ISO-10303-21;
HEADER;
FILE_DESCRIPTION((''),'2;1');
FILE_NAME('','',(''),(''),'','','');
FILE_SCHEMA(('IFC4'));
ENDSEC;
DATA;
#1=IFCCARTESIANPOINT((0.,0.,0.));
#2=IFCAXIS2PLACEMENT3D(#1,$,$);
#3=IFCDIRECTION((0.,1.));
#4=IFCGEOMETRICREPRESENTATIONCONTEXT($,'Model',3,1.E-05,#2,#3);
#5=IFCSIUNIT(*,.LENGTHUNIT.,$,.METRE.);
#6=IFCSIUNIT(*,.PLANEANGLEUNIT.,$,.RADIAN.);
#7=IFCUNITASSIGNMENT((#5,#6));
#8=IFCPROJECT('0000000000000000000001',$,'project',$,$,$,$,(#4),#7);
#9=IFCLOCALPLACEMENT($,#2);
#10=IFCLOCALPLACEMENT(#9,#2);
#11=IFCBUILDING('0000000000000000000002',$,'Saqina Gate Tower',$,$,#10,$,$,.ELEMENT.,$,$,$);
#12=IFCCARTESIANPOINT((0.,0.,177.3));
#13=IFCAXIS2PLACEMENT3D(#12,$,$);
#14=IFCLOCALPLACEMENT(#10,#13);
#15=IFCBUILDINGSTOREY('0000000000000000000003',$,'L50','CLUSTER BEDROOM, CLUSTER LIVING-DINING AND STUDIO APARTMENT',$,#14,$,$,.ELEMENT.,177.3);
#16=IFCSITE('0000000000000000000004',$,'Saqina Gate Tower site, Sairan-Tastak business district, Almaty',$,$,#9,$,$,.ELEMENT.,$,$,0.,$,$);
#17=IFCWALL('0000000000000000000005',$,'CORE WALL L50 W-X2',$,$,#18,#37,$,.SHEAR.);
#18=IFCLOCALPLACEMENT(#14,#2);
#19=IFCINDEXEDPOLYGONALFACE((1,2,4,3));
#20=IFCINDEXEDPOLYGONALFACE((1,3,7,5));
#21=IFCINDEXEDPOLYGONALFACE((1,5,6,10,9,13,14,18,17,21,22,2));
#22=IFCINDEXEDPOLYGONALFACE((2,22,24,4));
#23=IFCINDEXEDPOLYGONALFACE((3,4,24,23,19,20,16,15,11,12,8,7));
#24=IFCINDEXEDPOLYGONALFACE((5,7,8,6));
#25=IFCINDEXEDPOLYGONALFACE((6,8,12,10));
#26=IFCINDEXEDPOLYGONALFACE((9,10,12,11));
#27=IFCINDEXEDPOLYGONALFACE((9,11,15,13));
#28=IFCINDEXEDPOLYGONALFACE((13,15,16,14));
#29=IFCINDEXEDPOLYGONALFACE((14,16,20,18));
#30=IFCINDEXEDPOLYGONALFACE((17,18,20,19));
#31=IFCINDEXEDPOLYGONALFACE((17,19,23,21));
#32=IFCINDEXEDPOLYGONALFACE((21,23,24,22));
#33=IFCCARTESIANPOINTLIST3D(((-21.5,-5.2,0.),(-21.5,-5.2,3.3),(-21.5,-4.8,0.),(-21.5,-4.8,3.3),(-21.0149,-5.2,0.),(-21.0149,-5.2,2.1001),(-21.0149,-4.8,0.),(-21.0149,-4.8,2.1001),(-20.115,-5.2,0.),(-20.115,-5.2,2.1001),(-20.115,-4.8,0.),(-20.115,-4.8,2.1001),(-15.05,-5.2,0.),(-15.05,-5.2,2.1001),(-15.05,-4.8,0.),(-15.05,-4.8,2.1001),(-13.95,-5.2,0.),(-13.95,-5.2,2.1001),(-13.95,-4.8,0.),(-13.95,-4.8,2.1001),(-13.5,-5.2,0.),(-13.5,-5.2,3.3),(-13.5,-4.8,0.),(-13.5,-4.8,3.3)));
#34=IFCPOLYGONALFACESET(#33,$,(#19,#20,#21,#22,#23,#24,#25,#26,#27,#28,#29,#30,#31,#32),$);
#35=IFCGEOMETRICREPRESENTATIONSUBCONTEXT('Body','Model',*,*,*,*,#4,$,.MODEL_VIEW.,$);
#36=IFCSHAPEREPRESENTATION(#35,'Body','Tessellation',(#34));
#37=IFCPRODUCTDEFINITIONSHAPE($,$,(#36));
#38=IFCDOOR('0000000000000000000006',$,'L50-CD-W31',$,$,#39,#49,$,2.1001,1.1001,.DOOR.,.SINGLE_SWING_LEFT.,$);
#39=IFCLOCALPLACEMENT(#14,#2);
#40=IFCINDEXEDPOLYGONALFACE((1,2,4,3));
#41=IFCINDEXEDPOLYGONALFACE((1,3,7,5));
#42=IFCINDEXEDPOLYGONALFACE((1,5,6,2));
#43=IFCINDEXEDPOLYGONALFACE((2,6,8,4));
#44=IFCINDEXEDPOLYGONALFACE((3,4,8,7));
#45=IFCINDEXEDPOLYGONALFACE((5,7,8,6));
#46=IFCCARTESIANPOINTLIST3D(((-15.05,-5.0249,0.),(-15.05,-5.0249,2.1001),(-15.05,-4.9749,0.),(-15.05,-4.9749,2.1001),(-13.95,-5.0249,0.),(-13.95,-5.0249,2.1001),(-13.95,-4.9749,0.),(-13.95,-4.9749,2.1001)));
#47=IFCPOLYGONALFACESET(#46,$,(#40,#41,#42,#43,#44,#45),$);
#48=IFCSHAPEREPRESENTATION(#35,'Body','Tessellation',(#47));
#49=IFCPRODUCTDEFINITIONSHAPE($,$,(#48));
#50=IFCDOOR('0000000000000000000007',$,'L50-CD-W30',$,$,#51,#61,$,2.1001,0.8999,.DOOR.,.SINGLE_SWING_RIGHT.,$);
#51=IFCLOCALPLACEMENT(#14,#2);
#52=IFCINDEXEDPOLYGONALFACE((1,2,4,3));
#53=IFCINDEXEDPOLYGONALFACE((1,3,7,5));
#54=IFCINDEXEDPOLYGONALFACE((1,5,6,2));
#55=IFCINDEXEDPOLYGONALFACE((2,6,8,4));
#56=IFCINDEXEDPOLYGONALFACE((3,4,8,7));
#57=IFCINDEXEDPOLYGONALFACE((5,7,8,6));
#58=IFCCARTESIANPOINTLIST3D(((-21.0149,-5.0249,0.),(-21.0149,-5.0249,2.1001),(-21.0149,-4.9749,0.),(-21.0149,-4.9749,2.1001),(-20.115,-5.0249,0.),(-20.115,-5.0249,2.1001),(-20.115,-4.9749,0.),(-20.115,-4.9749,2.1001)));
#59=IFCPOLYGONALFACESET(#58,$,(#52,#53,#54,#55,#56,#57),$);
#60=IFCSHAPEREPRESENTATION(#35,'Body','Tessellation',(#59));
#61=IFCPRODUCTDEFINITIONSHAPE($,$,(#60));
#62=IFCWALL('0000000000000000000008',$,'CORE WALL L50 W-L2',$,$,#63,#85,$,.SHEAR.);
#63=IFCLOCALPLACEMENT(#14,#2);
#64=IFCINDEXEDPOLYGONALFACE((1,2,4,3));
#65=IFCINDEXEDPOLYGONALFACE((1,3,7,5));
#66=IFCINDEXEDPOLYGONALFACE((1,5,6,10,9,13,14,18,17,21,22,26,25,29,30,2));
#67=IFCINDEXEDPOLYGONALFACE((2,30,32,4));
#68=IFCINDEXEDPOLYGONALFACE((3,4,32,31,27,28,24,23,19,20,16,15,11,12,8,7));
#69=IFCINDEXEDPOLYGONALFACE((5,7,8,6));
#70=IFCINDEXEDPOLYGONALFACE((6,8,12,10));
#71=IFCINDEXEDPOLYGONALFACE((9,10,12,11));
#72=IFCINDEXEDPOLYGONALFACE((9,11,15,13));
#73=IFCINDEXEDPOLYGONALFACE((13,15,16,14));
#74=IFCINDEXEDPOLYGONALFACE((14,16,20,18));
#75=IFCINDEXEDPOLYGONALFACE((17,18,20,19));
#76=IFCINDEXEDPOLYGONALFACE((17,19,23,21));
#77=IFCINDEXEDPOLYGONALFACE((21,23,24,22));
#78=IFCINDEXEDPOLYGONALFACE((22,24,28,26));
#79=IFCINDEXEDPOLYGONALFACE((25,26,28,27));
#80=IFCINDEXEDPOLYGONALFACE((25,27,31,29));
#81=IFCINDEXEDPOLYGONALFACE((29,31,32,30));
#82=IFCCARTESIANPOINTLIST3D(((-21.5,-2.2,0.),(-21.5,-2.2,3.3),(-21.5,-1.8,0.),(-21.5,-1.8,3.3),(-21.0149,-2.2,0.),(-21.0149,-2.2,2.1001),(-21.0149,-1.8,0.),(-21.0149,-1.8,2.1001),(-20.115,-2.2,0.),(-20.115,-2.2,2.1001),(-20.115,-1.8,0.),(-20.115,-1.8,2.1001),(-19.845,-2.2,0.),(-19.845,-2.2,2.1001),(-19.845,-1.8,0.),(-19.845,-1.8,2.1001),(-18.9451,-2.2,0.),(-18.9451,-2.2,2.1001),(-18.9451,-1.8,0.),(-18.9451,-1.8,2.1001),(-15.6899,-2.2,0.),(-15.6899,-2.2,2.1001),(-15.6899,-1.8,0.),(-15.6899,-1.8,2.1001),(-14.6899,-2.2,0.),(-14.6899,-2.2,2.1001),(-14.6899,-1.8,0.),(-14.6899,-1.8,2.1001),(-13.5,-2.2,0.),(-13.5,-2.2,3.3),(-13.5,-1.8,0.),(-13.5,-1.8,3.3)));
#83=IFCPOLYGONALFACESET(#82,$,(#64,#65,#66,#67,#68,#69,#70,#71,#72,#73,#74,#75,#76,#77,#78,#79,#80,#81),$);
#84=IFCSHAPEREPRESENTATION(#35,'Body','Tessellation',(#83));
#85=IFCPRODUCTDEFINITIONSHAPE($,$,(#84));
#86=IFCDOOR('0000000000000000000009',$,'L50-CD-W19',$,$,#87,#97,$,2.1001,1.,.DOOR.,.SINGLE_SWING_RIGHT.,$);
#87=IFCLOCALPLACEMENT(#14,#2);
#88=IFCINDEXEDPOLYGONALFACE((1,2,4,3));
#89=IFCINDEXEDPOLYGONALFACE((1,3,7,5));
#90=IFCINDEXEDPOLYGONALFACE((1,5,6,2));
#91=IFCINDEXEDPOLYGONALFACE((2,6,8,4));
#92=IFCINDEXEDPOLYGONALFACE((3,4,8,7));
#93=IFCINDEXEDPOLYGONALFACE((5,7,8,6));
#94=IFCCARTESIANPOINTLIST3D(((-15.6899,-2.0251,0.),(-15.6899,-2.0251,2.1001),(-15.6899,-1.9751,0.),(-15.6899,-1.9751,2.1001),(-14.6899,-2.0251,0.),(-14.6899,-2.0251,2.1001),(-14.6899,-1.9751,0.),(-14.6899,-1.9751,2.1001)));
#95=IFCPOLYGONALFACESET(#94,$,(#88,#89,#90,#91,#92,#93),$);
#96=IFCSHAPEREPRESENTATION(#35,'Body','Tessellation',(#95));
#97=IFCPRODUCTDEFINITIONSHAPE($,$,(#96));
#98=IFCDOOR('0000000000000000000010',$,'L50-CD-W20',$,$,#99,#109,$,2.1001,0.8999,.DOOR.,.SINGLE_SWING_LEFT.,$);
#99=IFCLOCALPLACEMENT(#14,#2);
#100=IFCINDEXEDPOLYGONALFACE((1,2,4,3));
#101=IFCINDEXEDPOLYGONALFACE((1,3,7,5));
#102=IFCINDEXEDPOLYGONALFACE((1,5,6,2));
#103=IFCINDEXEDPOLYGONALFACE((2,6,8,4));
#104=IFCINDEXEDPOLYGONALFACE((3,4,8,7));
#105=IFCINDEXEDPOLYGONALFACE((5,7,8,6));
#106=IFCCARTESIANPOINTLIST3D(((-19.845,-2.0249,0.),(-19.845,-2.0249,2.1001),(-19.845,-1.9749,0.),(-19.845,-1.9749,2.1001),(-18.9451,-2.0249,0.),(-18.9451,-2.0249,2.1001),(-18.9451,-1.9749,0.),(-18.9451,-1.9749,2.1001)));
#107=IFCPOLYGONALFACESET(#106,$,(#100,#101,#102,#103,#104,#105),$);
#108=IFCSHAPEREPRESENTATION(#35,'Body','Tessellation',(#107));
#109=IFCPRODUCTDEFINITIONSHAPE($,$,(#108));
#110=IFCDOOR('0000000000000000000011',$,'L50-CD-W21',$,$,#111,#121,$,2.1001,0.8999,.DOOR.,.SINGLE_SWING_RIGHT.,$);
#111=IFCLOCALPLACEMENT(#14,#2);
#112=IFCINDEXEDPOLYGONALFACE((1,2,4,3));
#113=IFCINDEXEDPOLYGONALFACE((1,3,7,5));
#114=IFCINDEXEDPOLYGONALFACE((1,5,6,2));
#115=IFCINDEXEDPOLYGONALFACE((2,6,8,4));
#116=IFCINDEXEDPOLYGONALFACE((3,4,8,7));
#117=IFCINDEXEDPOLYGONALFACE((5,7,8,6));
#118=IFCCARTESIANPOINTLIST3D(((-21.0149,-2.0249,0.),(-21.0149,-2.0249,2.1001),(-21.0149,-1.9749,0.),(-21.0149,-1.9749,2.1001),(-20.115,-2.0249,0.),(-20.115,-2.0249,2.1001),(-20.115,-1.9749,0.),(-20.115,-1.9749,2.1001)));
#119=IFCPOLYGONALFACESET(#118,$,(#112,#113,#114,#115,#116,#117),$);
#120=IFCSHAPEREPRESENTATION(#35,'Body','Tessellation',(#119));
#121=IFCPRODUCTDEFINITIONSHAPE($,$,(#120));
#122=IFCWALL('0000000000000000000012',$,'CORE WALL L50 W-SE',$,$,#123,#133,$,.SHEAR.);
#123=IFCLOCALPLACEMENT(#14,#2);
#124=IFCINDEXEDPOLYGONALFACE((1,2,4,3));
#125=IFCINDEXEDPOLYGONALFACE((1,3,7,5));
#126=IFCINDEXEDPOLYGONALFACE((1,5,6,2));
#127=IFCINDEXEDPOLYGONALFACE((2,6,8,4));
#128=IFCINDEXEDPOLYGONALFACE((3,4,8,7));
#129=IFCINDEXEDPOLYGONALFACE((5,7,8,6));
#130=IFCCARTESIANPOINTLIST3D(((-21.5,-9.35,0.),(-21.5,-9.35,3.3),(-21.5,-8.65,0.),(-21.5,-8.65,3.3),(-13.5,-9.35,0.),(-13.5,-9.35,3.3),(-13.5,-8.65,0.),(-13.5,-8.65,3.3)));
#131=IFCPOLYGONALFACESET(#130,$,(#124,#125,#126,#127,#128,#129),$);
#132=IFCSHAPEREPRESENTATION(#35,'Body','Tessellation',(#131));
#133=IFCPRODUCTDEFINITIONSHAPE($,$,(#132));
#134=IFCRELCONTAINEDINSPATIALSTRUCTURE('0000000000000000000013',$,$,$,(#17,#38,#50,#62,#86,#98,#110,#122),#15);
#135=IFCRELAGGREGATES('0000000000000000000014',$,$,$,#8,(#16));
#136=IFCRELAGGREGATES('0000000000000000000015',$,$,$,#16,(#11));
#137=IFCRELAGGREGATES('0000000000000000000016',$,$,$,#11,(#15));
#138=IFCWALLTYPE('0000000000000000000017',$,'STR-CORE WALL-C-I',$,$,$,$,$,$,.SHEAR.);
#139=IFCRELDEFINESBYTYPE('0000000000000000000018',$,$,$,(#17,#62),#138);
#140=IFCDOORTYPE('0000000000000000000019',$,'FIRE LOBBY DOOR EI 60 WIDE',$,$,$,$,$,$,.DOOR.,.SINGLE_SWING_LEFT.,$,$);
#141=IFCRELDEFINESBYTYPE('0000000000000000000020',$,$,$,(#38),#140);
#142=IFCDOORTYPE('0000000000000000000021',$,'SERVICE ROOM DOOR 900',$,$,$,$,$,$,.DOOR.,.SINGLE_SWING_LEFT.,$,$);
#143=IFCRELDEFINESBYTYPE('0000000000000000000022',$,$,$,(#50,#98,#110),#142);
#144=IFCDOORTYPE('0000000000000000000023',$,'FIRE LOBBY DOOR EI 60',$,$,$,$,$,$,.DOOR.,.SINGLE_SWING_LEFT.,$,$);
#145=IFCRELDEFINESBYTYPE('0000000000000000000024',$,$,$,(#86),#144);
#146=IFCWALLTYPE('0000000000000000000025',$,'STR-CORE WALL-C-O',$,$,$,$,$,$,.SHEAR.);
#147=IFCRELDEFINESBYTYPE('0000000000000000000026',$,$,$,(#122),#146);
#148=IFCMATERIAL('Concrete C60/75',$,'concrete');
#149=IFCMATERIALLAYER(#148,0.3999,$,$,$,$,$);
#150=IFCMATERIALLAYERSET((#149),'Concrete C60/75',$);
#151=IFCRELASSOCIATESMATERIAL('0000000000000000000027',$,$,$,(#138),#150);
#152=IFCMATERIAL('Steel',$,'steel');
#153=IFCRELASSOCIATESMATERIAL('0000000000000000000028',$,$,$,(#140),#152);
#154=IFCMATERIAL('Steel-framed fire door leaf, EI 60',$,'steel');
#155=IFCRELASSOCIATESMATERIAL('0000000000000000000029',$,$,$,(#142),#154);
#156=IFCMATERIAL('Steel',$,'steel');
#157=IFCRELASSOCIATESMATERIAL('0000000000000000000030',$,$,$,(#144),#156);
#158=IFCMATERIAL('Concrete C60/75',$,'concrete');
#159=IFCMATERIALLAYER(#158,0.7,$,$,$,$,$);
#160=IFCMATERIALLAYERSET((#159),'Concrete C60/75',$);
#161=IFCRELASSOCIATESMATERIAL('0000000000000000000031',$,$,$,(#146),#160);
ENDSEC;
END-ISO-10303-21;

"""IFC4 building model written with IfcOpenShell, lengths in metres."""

from ifc_helpers import new_model, si_unit, direction, frame, frame_2d, origin, place, context, subcontext, project, spatial, rectangle, extrude, material, layer, layer_set, type_object, element, fill, save


model = new_model("IFC4")

# Units and contexts
model_context = context("Model", 3, precision=1e-05, world=origin(), true_north=direction((0.0, 1.0)))
body_context = subcontext(model_context, "Body", "Model", "MODEL_VIEW")
ifc_project = project(units=[si_unit("LENGTHUNIT", "METRE"), si_unit("PLANEANGLEUNIT", "RADIAN")], contexts=[model_context])

# Site, building, storey
site_placement = place(None, origin())
site = spatial("IfcSite", under=ifc_project, at=site_placement, Name="Saqina Gate Tower site, Sairan-Tastak business district, Almaty", CompositionType="ELEMENT", RefElevation=0.0)
building_placement = place(site_placement, origin())
building = spatial("IfcBuilding", under=site, at=building_placement, Name="Saqina Gate Tower", CompositionType="ELEMENT")
storey_placement = place(building_placement, frame((0.0, 0.0, 177.3)))
storey = spatial("IfcBuildingStorey", under=building, at=storey_placement, Name="L50", Description="CLUSTER BEDROOM, CLUSTER LIVING-DINING AND STUDIO APARTMENT", CompositionType="ELEMENT", Elevation=177.3)

# Walls, openings, doors
ifc_material_1 = material(Name="Concrete C60/75", Category="concrete")
ifc_layer_1 = layer(ifc_material_1, 0.3999)
ifc_layer_set_1 = layer_set([ifc_layer_1], Name="Concrete C60/75")
wall_type_1 = type_object("IfcWallType", Name="STR-CORE WALL-C-I", PredefinedType="SHEAR", material=ifc_layer_set_1)
wall_1_placement = place(storey_placement, frame((-13.5, -5.0, 0.0), z_axis=(0.0, 0.0, 1.0), x_axis=(-1.0, 0.0, 0.0)))
wall_1 = element("IfcWall", 1, at=wall_1_placement, inside=storey, type_object=wall_type_1, Name="CORE WALL L50 W-X2", PredefinedType="SHEAR", context=body_context, shape_type="SweptSolid", body=[
    extrude(rectangle(XDim=8.0, YDim=0.3999, at=frame_2d((4.0, 0.0))), origin(), (0.0, 0.0, 1.0), 3.3),
])
opening_1_placement = place(wall_1_placement, frame((6.615, 0.0, 0.0)))
opening_1 = element("IfcOpeningElement", 2, at=opening_1_placement, cuts=wall_1, PredefinedType="OPENING", context=body_context, shape_type="SweptSolid", body=[
    extrude(rectangle(XDim=0.8999, YDim=2.1001, at=frame_2d((0.45, 1.05))), frame((0.0, 0.2119, 0.0), z_axis=(0.0, -1.0, 0.0), x_axis=(1.0, 0.0, 0.0)), (0.0, 0.0, 1.0), 0.4238),
])
opening_2_placement = place(wall_1_placement, frame((0.45, 0.0, 0.0)))
opening_2 = element("IfcOpeningElement", 3, at=opening_2_placement, cuts=wall_1, PredefinedType="OPENING", context=body_context, shape_type="SweptSolid", body=[
    extrude(rectangle(XDim=1.1001, YDim=2.1001, at=frame_2d((0.55, 1.05))), frame((0.0, 0.2119, 0.0), z_axis=(0.0, -1.0, 0.0), x_axis=(1.0, 0.0, 0.0)), (0.0, 0.0, 1.0), 0.4238),
])
ifc_material_2 = material(Name="Steel", Category="steel")
door_type_1 = type_object("IfcDoorType", Name="FIRE LOBBY DOOR EI 60 WIDE", OperationType="SINGLE_SWING_LEFT", PredefinedType="DOOR", material=ifc_material_2)
door_1_placement = place(opening_2_placement, origin())
door_1 = element("IfcDoor", 4, at=door_1_placement, inside=storey, type_object=door_type_1, Name="L50-CD-W31", OperationType="SINGLE_SWING_LEFT", OverallHeight=2.1001, OverallWidth=1.1001, PredefinedType="DOOR", context=body_context, shape_type="SweptSolid", body=[
    extrude(rectangle(XDim=1.1001, YDim=2.1001, at=frame_2d((0.55, 1.05))), frame((0.0, 0.0249, 0.0), z_axis=(0.0, -1.0, 0.0), x_axis=(1.0, 0.0, 0.0)), (0.0, 0.0, 1.0), 0.05),
])
fill(opening_2, door_1)
ifc_material_3 = material(Name="Steel-framed fire door leaf, EI 60", Category="steel")
door_type_2 = type_object("IfcDoorType", Name="SERVICE ROOM DOOR 900", OperationType="SINGLE_SWING_LEFT", PredefinedType="DOOR", material=ifc_material_3)
door_2_placement = place(opening_1_placement, origin())
door_2 = element("IfcDoor", 5, at=door_2_placement, inside=storey, type_object=door_type_2, Name="L50-CD-W30", OperationType="SINGLE_SWING_RIGHT", OverallHeight=2.1001, OverallWidth=0.8999, PredefinedType="DOOR", context=body_context, shape_type="SweptSolid", body=[
    extrude(rectangle(XDim=0.8999, YDim=2.1001, at=frame_2d((0.45, 1.05))), frame((0.0, 0.0249, 0.0), z_axis=(0.0, -1.0, 0.0), x_axis=(1.0, 0.0, 0.0)), (0.0, 0.0, 1.0), 0.05),
])
fill(opening_1, door_2)
wall_2_placement = place(storey_placement, frame((-13.5, -2.0, 0.0), z_axis=(0.0, 0.0, 1.0), x_axis=(-1.0, 0.0, 0.0)))
wall_2 = element("IfcWall", 6, at=wall_2_placement, inside=storey, type_object=wall_type_1, Name="CORE WALL L50 W-L2", PredefinedType="SHEAR", context=body_context, shape_type="SweptSolid", body=[
    extrude(rectangle(XDim=8.0, YDim=0.3999, at=frame_2d((4.0, 0.0))), origin(), (0.0, 0.0, 1.0), 3.3),
])
opening_3_placement = place(wall_2_placement, frame((1.1899, 0.0, 0.0)))
opening_3 = element("IfcOpeningElement", 7, at=opening_3_placement, cuts=wall_2, PredefinedType="OPENING", context=body_context, shape_type="SweptSolid", body=[
    extrude(rectangle(XDim=1.0, YDim=2.1001, at=frame_2d((0.5, 1.05))), frame((0.0, 0.2119, 0.0), z_axis=(0.0, -1.0, 0.0), x_axis=(1.0, 0.0, 0.0)), (0.0, 0.0, 1.0), 0.4238),
])
opening_4_placement = place(wall_2_placement, frame((5.4451, 0.0, 0.0)))
opening_4 = element("IfcOpeningElement", 8, at=opening_4_placement, cuts=wall_2, PredefinedType="OPENING", context=body_context, shape_type="SweptSolid", body=[
    extrude(rectangle(XDim=0.8999, YDim=2.1001, at=frame_2d((0.45, 1.05))), frame((0.0, 0.2119, 0.0), z_axis=(0.0, -1.0, 0.0), x_axis=(1.0, 0.0, 0.0)), (0.0, 0.0, 1.0), 0.4238),
])
opening_5_placement = place(wall_2_placement, frame((6.615, 0.0, 0.0)))
opening_5 = element("IfcOpeningElement", 9, at=opening_5_placement, cuts=wall_2, PredefinedType="OPENING", context=body_context, shape_type="SweptSolid", body=[
    extrude(rectangle(XDim=0.8999, YDim=2.1001, at=frame_2d((0.45, 1.05))), frame((0.0, 0.2119, 0.0), z_axis=(0.0, -1.0, 0.0), x_axis=(1.0, 0.0, 0.0)), (0.0, 0.0, 1.0), 0.4238),
])
ifc_material_4 = material(Name="Steel", Category="steel")
door_type_3 = type_object("IfcDoorType", Name="FIRE LOBBY DOOR EI 60", OperationType="SINGLE_SWING_LEFT", PredefinedType="DOOR", material=ifc_material_4)
door_3_placement = place(opening_3_placement, frame((1.0, 0.0, 0.0), z_axis=(0.0, 0.0, 1.0), x_axis=(-1.0, 0.0, 0.0)))
door_3 = element("IfcDoor", 10, at=door_3_placement, inside=storey, type_object=door_type_3, Name="L50-CD-W19", OperationType="SINGLE_SWING_RIGHT", OverallHeight=2.1001, OverallWidth=1.0, PredefinedType="DOOR", context=body_context, shape_type="SweptSolid", body=[
    extrude(rectangle(XDim=1.0, YDim=2.1001, at=frame_2d((0.5, 1.05))), frame((0.0, 0.0249, 0.0), z_axis=(0.0, -1.0, 0.0), x_axis=(1.0, 0.0, 0.0)), (0.0, 0.0, 1.0), 0.05),
])
fill(opening_3, door_3)
door_4_placement = place(opening_4_placement, origin())
door_4 = element("IfcDoor", 11, at=door_4_placement, inside=storey, type_object=door_type_2, Name="L50-CD-W20", OperationType="SINGLE_SWING_LEFT", OverallHeight=2.1001, OverallWidth=0.8999, PredefinedType="DOOR", context=body_context, shape_type="SweptSolid", body=[
    extrude(rectangle(XDim=0.8999, YDim=2.1001, at=frame_2d((0.45, 1.05))), frame((0.0, 0.0249, 0.0), z_axis=(0.0, -1.0, 0.0), x_axis=(1.0, 0.0, 0.0)), (0.0, 0.0, 1.0), 0.05),
])
fill(opening_4, door_4)
door_5_placement = place(opening_5_placement, origin())
door_5 = element("IfcDoor", 12, at=door_5_placement, inside=storey, type_object=door_type_2, Name="L50-CD-W21", OperationType="SINGLE_SWING_RIGHT", OverallHeight=2.1001, OverallWidth=0.8999, PredefinedType="DOOR", context=body_context, shape_type="SweptSolid", body=[
    extrude(rectangle(XDim=0.8999, YDim=2.1001, at=frame_2d((0.45, 1.05))), frame((0.0, 0.0249, 0.0), z_axis=(0.0, -1.0, 0.0), x_axis=(1.0, 0.0, 0.0)), (0.0, 0.0, 1.0), 0.05),
])
fill(opening_5, door_5)

# Wall
ifc_material_5 = material(Name="Concrete C60/75", Category="concrete")
ifc_layer_2 = layer(ifc_material_5, 0.7)
ifc_layer_set_2 = layer_set([ifc_layer_2], Name="Concrete C60/75")
wall_type_2 = type_object("IfcWallType", Name="STR-CORE WALL-C-O", PredefinedType="SHEAR", material=ifc_layer_set_2)
wall_3_placement = place(storey_placement, frame((-13.5, -9.0, 0.0), z_axis=(0.0, 0.0, 1.0), x_axis=(-1.0, 0.0, 0.0)))
element("IfcWall", 13, at=wall_3_placement, inside=storey, type_object=wall_type_2, Name="CORE WALL L50 W-SE", PredefinedType="SHEAR", context=body_context, shape_type="SweptSolid", body=[
    extrude(rectangle(XDim=8.0, YDim=0.7, at=frame_2d((4.0, 0.0))), origin(), (0.0, 0.0, 1.0), 3.3),
])

save(model, "model.ifc")
